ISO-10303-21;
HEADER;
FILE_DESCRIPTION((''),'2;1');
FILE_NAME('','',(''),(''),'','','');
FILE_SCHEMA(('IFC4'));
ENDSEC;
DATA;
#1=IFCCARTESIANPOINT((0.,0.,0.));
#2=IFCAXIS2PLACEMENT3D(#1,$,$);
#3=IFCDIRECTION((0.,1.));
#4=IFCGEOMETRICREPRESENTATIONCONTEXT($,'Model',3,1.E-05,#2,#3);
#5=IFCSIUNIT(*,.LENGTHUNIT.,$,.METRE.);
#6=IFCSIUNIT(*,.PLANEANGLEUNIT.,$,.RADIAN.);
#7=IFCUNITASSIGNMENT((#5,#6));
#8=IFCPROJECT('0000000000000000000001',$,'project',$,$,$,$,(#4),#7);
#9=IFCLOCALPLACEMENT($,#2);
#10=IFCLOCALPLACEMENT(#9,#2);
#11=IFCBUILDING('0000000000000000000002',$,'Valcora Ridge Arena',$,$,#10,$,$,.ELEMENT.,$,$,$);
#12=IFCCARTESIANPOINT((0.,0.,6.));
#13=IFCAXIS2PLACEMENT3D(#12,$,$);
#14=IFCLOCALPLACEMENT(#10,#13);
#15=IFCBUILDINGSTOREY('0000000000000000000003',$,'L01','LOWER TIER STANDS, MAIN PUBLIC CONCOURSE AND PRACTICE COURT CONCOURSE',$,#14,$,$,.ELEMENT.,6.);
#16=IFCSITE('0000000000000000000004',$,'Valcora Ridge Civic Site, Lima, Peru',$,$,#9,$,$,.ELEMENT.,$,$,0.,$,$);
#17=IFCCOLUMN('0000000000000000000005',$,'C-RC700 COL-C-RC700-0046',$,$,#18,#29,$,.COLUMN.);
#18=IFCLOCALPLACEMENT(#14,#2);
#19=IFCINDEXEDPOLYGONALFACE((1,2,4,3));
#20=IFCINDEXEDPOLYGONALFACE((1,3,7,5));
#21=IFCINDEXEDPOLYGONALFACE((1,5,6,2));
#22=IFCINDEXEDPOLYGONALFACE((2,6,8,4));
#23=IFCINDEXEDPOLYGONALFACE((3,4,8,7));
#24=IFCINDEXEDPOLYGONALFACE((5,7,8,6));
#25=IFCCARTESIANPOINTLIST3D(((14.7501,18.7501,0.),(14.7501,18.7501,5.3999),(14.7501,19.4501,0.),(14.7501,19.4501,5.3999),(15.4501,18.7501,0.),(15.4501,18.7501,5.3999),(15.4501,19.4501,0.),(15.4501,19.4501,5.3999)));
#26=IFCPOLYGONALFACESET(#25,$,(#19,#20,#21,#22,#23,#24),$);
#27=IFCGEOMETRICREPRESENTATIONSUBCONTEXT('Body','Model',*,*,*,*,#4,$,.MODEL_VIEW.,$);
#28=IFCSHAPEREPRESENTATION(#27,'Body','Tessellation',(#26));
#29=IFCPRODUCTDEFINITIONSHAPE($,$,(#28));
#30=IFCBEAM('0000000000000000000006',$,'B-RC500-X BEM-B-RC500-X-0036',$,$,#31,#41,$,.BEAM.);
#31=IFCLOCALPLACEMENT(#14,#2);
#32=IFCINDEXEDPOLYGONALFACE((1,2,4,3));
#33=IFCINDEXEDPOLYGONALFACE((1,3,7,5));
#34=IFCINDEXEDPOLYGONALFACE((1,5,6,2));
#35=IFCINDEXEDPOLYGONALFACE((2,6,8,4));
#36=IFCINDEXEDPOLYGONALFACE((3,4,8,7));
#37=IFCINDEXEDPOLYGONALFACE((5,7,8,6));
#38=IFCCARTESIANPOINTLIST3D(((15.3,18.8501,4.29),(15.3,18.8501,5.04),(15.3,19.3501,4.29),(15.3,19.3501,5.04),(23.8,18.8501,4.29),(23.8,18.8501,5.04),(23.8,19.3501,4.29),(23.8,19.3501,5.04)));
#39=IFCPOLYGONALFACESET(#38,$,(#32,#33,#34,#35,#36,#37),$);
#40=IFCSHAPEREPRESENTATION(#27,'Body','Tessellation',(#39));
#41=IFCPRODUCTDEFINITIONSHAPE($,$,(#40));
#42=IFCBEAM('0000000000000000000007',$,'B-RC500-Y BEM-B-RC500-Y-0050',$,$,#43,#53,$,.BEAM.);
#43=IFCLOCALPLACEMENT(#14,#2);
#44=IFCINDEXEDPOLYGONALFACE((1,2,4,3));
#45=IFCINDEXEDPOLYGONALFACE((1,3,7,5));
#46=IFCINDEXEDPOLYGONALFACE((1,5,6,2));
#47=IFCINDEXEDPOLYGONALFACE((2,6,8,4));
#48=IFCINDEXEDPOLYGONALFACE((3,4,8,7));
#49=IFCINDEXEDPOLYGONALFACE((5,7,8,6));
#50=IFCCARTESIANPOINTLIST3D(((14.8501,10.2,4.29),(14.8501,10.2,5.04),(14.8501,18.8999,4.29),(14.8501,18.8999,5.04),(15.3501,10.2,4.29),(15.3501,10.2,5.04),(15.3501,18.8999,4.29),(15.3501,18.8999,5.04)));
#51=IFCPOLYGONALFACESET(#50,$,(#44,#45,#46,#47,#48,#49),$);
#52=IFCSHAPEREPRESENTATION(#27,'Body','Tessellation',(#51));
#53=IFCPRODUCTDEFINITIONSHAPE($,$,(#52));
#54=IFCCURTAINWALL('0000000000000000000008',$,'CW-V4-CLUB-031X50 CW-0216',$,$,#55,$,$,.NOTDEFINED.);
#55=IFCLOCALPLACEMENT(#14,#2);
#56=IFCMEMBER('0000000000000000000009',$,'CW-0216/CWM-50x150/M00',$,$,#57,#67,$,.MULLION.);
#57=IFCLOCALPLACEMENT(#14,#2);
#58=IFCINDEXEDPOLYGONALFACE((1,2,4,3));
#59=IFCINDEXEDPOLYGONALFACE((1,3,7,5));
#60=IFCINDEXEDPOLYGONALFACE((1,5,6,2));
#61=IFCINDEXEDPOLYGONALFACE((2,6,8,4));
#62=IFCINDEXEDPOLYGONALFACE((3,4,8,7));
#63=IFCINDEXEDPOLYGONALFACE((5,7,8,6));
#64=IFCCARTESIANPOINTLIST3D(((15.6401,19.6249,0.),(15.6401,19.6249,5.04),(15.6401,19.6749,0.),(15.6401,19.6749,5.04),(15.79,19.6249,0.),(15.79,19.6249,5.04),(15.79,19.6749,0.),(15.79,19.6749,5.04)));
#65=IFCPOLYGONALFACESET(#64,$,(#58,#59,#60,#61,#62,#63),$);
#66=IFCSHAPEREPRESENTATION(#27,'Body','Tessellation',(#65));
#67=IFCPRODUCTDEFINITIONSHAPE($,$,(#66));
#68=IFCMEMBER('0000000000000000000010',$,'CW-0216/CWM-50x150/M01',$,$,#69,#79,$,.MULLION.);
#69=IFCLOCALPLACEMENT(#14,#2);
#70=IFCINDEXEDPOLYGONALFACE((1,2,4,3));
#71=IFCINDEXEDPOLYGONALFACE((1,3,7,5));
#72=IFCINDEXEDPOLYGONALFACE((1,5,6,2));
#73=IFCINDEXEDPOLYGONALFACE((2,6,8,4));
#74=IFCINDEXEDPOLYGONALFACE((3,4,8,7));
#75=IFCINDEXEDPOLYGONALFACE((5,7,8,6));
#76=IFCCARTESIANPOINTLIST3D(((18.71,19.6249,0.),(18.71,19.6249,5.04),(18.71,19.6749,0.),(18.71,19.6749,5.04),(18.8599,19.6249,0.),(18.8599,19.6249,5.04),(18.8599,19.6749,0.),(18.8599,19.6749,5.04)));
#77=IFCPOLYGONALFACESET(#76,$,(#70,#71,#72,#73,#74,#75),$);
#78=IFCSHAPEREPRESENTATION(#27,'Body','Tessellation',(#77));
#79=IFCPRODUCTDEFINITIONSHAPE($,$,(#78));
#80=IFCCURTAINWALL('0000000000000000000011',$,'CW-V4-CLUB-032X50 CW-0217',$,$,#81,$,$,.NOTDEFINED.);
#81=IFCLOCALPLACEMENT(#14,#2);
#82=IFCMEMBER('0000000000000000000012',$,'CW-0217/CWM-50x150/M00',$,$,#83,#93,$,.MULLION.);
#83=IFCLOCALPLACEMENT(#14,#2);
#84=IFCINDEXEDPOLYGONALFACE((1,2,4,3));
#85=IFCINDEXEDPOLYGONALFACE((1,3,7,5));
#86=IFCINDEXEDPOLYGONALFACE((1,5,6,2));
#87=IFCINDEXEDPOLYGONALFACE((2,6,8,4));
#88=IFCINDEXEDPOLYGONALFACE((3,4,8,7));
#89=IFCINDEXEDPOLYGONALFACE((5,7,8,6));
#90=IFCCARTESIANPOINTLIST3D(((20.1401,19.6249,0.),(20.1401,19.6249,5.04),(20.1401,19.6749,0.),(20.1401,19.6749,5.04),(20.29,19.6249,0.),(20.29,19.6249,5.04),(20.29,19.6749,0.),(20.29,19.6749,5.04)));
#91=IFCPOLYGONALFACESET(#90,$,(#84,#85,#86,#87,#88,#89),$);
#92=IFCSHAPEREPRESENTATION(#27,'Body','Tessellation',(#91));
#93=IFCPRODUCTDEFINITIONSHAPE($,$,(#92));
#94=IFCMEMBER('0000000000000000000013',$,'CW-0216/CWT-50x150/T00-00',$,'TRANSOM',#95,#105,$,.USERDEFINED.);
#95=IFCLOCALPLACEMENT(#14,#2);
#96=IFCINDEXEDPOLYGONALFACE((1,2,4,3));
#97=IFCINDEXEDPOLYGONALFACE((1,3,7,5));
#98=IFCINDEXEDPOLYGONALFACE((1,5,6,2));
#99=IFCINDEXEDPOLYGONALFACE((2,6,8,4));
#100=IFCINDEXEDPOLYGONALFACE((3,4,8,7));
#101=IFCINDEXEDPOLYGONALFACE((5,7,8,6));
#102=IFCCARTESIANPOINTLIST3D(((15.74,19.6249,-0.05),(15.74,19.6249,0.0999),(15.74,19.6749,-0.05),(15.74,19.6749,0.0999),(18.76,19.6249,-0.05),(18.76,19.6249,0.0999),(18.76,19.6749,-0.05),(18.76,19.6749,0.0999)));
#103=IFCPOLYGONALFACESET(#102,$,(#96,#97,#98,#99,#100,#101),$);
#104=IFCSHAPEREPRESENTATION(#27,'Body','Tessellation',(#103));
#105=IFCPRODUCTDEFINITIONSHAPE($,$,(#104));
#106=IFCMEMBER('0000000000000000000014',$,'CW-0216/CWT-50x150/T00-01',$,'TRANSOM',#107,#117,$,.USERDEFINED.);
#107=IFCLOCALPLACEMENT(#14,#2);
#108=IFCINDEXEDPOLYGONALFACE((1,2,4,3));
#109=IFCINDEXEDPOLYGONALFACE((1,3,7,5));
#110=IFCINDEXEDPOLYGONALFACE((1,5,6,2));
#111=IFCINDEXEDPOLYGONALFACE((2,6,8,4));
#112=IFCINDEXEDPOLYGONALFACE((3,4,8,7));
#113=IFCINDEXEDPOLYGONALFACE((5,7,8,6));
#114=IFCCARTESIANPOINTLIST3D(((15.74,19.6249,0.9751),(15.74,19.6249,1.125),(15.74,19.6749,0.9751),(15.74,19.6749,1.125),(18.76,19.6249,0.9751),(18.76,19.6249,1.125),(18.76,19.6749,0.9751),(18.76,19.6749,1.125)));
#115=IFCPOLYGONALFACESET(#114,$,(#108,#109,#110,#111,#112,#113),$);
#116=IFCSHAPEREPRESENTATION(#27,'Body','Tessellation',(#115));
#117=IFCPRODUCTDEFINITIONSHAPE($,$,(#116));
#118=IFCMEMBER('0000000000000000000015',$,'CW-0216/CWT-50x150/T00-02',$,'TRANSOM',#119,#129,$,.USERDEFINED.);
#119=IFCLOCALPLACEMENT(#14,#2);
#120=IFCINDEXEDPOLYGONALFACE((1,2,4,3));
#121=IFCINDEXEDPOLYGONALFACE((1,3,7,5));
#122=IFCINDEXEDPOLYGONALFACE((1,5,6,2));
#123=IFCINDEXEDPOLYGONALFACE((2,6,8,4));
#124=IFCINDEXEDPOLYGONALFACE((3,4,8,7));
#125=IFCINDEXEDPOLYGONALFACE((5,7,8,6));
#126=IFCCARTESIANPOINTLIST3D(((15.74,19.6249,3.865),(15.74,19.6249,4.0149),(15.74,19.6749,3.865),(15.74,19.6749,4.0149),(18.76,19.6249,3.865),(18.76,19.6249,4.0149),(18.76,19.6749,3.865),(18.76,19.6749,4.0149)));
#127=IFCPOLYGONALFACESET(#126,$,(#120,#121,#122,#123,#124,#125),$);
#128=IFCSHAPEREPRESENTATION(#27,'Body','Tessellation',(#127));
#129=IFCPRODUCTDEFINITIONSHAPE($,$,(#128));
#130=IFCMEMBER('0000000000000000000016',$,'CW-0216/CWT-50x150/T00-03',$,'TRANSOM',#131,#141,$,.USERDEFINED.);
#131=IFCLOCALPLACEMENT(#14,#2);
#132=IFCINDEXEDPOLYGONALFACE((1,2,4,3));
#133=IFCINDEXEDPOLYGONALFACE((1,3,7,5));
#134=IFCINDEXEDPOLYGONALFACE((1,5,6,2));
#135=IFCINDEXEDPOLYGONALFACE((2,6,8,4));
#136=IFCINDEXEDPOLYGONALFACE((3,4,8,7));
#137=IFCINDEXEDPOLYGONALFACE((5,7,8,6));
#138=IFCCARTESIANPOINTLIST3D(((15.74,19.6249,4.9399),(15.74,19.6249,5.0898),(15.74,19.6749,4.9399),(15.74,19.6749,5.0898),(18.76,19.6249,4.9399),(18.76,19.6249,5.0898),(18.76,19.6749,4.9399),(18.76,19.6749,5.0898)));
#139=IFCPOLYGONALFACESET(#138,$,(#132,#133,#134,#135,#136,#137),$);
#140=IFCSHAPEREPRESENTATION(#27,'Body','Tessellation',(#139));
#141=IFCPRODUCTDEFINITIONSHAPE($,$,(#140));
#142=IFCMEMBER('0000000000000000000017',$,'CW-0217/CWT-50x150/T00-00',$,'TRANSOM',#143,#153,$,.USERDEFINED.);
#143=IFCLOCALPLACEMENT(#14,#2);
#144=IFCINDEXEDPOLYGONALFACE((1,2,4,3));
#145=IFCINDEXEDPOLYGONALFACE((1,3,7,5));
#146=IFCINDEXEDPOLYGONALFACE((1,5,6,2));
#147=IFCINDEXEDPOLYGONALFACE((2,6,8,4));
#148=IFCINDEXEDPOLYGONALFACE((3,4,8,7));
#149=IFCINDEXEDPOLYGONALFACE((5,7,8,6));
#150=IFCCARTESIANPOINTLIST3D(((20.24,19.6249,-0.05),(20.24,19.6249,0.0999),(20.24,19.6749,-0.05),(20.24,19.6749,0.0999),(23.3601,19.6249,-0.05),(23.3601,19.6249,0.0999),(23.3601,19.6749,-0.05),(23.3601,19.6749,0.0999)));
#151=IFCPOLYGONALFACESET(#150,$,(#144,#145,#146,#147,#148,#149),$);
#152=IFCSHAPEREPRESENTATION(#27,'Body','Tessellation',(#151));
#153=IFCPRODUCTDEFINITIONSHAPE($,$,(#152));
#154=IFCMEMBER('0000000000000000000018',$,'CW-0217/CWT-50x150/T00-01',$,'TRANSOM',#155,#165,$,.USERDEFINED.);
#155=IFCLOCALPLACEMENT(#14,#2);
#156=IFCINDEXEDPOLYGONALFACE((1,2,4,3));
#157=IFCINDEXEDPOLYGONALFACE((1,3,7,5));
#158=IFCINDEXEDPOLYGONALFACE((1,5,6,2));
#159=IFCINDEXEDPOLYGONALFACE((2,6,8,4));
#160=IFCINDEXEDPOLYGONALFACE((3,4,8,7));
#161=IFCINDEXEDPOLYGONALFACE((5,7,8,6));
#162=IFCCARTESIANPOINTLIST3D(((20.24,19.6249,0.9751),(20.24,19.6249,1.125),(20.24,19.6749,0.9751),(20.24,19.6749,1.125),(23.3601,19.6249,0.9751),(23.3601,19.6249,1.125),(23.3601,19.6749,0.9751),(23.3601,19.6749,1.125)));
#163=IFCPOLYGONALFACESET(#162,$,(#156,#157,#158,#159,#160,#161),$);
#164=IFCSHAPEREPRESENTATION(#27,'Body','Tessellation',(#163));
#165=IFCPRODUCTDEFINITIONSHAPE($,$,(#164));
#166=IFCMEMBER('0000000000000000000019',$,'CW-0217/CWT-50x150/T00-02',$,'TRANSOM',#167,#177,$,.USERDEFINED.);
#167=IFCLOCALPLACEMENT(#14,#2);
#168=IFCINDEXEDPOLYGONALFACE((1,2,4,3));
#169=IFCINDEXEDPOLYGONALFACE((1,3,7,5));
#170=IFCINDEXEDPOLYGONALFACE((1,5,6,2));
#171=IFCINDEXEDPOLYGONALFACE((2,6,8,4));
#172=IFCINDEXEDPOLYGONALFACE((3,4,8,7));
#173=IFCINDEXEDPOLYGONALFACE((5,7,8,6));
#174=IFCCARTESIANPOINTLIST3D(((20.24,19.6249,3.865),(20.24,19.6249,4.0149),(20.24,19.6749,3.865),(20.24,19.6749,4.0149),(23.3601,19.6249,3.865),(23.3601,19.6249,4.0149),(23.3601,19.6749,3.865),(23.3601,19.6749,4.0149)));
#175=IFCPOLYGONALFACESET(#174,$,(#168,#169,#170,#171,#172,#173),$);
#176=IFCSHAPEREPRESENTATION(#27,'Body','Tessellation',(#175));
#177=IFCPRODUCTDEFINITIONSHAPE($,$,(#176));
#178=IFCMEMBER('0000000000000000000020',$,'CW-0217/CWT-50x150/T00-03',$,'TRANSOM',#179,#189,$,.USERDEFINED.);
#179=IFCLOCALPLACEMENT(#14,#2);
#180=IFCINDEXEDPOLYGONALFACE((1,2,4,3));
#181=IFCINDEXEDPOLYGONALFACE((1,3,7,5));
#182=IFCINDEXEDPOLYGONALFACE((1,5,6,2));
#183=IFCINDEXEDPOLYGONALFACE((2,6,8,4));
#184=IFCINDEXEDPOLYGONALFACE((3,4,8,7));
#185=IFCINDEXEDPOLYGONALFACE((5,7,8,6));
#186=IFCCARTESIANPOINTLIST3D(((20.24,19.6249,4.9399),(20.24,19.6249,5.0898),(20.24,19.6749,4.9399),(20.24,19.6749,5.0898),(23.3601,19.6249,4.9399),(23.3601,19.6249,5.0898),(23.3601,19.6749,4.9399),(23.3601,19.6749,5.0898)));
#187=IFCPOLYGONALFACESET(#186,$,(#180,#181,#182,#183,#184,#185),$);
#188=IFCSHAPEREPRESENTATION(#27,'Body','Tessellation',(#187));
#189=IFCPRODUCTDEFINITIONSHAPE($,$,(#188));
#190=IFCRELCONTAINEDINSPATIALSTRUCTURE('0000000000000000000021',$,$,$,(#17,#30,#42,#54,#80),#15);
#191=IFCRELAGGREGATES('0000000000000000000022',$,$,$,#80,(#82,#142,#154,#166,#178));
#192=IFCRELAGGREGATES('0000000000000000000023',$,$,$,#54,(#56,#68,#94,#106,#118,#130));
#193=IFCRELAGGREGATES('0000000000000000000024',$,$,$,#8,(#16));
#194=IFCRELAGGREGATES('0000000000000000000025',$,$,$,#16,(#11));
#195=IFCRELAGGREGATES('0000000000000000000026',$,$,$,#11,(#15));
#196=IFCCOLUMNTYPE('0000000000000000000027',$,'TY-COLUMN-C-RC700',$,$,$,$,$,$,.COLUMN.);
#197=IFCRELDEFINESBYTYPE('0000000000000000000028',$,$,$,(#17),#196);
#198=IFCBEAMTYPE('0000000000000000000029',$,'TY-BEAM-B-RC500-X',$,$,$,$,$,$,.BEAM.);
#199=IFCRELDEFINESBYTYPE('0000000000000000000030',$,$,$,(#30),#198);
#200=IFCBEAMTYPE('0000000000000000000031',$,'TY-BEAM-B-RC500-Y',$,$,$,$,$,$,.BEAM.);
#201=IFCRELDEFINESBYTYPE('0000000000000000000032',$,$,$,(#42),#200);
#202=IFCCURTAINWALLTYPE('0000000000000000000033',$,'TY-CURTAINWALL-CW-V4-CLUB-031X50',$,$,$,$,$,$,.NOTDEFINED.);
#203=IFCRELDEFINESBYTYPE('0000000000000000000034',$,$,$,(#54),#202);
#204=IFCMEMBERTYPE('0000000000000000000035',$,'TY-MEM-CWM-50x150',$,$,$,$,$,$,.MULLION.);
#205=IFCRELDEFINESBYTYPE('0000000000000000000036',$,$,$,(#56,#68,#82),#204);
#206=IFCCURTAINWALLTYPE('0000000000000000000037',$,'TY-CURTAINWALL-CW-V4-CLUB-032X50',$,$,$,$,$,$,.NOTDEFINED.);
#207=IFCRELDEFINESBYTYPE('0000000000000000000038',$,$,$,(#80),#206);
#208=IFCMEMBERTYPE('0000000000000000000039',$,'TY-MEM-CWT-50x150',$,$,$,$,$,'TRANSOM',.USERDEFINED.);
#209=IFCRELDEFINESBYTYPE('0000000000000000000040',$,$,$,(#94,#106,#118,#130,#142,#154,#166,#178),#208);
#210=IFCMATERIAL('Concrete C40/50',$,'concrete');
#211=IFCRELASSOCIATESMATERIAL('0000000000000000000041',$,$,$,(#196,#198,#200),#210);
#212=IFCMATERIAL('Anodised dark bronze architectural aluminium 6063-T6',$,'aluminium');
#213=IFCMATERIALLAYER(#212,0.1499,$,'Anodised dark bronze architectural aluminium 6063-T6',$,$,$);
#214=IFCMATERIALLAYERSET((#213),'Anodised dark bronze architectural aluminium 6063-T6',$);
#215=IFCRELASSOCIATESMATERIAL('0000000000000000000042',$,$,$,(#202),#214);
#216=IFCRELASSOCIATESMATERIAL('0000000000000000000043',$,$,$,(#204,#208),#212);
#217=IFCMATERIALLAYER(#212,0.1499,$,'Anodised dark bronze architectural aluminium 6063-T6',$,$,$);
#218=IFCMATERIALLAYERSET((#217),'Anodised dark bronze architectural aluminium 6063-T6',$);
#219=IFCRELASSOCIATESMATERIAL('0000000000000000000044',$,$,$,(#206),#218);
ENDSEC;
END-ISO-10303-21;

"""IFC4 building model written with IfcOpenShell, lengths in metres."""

from ifc_helpers import new_model, si_unit, direction, frame, origin, origin_2d, place, context, subcontext, project, spatial, rectangle, extrude, material, layer, layer_set, material_profile, profile_set, type_object, element, aggregate, save


model = new_model("IFC4")

# Units and contexts
model_context = context("Model", 3, precision=1e-05, world=origin(), true_north=direction((0.0, 1.0)))
body_context = subcontext(model_context, "Body", "Model", "MODEL_VIEW")
ifc_project = project(units=[si_unit("LENGTHUNIT", "METRE"), si_unit("PLANEANGLEUNIT", "RADIAN")], contexts=[model_context])

# Site, building, storey
site_placement = place(None, origin())
site = spatial("IfcSite", under=ifc_project, at=site_placement, Name="Valcora Ridge Civic Site, Lima, Peru", CompositionType="ELEMENT", RefElevation=0.0)
building_placement = place(site_placement, origin())
building = spatial("IfcBuilding", under=site, at=building_placement, Name="Valcora Ridge Arena", CompositionType="ELEMENT")
storey_placement = place(building_placement, frame((0.0, 0.0, 6.0)))
storey = spatial("IfcBuildingStorey", under=building, at=storey_placement, Name="L01", Description="LOWER TIER STANDS, MAIN PUBLIC CONCOURSE AND PRACTICE COURT CONCOURSE", CompositionType="ELEMENT", Elevation=6.0)

# Column
ifc_material_1 = material(Name="Concrete C40/50", Category="concrete")
ifc_material_profile_1 = material_profile(ifc_material_1, rectangle(XDim=0.7, YDim=0.7, at=origin_2d()), Name="RC 700x700")
ifc_profile_set_1 = profile_set([ifc_material_profile_1], Name="Concrete C40/50")
column_type = type_object("IfcColumnType", Name="TY-COLUMN-C-RC700", PredefinedType="COLUMN", material=ifc_profile_set_1)
column_placement = place(storey_placement, frame((15.1001, 19.1001, 0.0), z_axis=(0.0, 0.0, 1.0), x_axis=(1.0, 0.0, 0.0)))
element("IfcColumn", 1, at=column_placement, inside=storey, type_object=column_type, Name="C-RC700 COL-C-RC700-0046", PredefinedType="COLUMN", context=body_context, shape_type="SweptSolid", body=[
    extrude(rectangle(XDim=0.7, YDim=0.7, at=origin_2d()), origin(), (0.0, 0.0, 1.0), 5.3999),
])

# Beams
ifc_material_profile_2 = material_profile(ifc_material_1, rectangle(XDim=0.5, YDim=0.75, at=origin_2d()), Name="RC 500x750")
ifc_profile_set_2 = profile_set([ifc_material_profile_2], Name="Concrete C40/50")
beam_type_1 = type_object("IfcBeamType", Name="TY-BEAM-B-RC500-X", PredefinedType="BEAM", material=ifc_profile_set_2)
beam_1_placement = place(storey_placement, frame((15.3, 19.1001, 4.665), z_axis=(1.0, 0.0, 0.0), x_axis=(0.0, 1.0, 0.0)))
element("IfcBeam", 2, at=beam_1_placement, inside=storey, type_object=beam_type_1, Name="B-RC500-X BEM-B-RC500-X-0036", PredefinedType="BEAM", context=body_context, shape_type="SweptSolid", body=[
    extrude(rectangle(XDim=0.5, YDim=0.75, at=origin_2d()), origin(), (0.0, 0.0, 1.0), 8.5),
])
ifc_material_profile_3 = material_profile(ifc_material_1, rectangle(XDim=0.5, YDim=0.75, at=origin_2d()), Name="RC 500x750")
ifc_profile_set_3 = profile_set([ifc_material_profile_3], Name="Concrete C40/50")
beam_type_2 = type_object("IfcBeamType", Name="TY-BEAM-B-RC500-Y", PredefinedType="BEAM", material=ifc_profile_set_3)
beam_2_placement = place(storey_placement, frame((15.1001, 10.2, 4.665), z_axis=(0.0, 1.0, 0.0), x_axis=(-1.0, 0.0, 0.0)))
element("IfcBeam", 3, at=beam_2_placement, inside=storey, type_object=beam_type_2, Name="B-RC500-Y BEM-B-RC500-Y-0050", PredefinedType="BEAM", context=body_context, shape_type="SweptSolid", body=[
    extrude(rectangle(XDim=0.5, YDim=0.75, at=origin_2d()), origin(), (0.0, 0.0, 1.0), 8.7),
])

# Curtain wall, members
ifc_material_2 = material(Name="Anodised dark bronze architectural aluminium 6063-T6", Category="aluminium")
ifc_layer_1 = layer(ifc_material_2, 0.1499, Name="Anodised dark bronze architectural aluminium 6063-T6")
ifc_layer_set_1 = layer_set([ifc_layer_1], Name="Anodised dark bronze architectural aluminium 6063-T6")
curtain_wall_type_1 = type_object("IfcCurtainWallType", Name="TY-CURTAINWALL-CW-V4-CLUB-031X50", PredefinedType="NOTDEFINED", material=ifc_layer_set_1)
curtain_wall_1_placement = place(storey_placement, origin())
curtain_wall_1 = element("IfcCurtainWall", 4, at=curtain_wall_1_placement, inside=storey, type_object=curtain_wall_type_1, Name="CW-V4-CLUB-031X50 CW-0216", PredefinedType="NOTDEFINED")
ifc_material_profile_4 = material_profile(ifc_material_2, rectangle(XDim=0.05, YDim=0.1499, at=origin_2d()), Name="ALU MULLION 50x150")
ifc_profile_set_4 = profile_set([ifc_material_profile_4], Name="Anodised dark bronze architectural aluminium 6063-T6")
member_type_1 = type_object("IfcMemberType", Name="TY-MEM-CWM-50x150", PredefinedType="MULLION", material=ifc_profile_set_4)
member_1_placement = place(storey_placement, frame((15.7151, 19.6499, 0.0), z_axis=(0.0, 0.0, 1.0), x_axis=(0.0, 1.0, 0.0)))
member_1 = element("IfcMember", 5, at=member_1_placement, type_object=member_type_1, Name="CW-0216/CWM-50x150/M00", PredefinedType="MULLION", context=body_context, shape_type="SweptSolid", body=[
    extrude(rectangle(XDim=0.05, YDim=0.1499, at=origin_2d()), origin(), (0.0, 0.0, 1.0), 5.04),
])
member_2_placement = place(storey_placement, frame((18.7849, 19.6499, 0.0), z_axis=(0.0, 0.0, 1.0), x_axis=(0.0, 1.0, 0.0)))
member_2 = element("IfcMember", 6, at=member_2_placement, type_object=member_type_1, Name="CW-0216/CWM-50x150/M01", PredefinedType="MULLION", context=body_context, shape_type="SweptSolid", body=[
    extrude(rectangle(XDim=0.05, YDim=0.1499, at=origin_2d()), origin(), (0.0, 0.0, 1.0), 5.04),
])

# Curtain wall, member
ifc_layer_2 = layer(ifc_material_2, 0.1499, Name="Anodised dark bronze architectural aluminium 6063-T6")
ifc_layer_set_2 = layer_set([ifc_layer_2], Name="Anodised dark bronze architectural aluminium 6063-T6")
curtain_wall_type_2 = type_object("IfcCurtainWallType", Name="TY-CURTAINWALL-CW-V4-CLUB-032X50", PredefinedType="NOTDEFINED", material=ifc_layer_set_2)
curtain_wall_2_placement = place(storey_placement, origin())
curtain_wall_2 = element("IfcCurtainWall", 7, at=curtain_wall_2_placement, inside=storey, type_object=curtain_wall_type_2, Name="CW-V4-CLUB-032X50 CW-0217", PredefinedType="NOTDEFINED")
member_3_placement = place(storey_placement, frame((20.2151, 19.6499, 0.0), z_axis=(0.0, 0.0, 1.0), x_axis=(0.0, 1.0, 0.0)))
member_3 = element("IfcMember", 8, at=member_3_placement, type_object=member_type_1, Name="CW-0217/CWM-50x150/M00", PredefinedType="MULLION", context=body_context, shape_type="SweptSolid", body=[
    extrude(rectangle(XDim=0.05, YDim=0.1499, at=origin_2d()), origin(), (0.0, 0.0, 1.0), 5.04),
])

# Members
ifc_material_profile_5 = material_profile(ifc_material_2, rectangle(XDim=0.05, YDim=0.1499, at=origin_2d()), Name="ALU TRANSOM 50x150")
ifc_profile_set_5 = profile_set([ifc_material_profile_5], Name="Anodised dark bronze architectural aluminium 6063-T6")
member_type_2 = type_object("IfcMemberType", Name="TY-MEM-CWT-50x150", ElementType="TRANSOM", PredefinedType="USERDEFINED", material=ifc_profile_set_5)
member_4_placement = place(storey_placement, frame((15.74, 19.6499, 0.0249), z_axis=(1.0, 0.0, 0.0), x_axis=(0.0, 1.0, 0.0)))
member_4 = element("IfcMember", 9, at=member_4_placement, type_object=member_type_2, Name="CW-0216/CWT-50x150/T00-00", ObjectType="TRANSOM", PredefinedType="USERDEFINED", context=body_context, shape_type="SweptSolid", body=[
    extrude(rectangle(XDim=0.05, YDim=0.1499, at=origin_2d()), origin(), (0.0, 0.0, 1.0), 3.02),
])
member_5_placement = place(storey_placement, frame((15.74, 19.6499, 1.05), z_axis=(1.0, 0.0, 0.0), x_axis=(0.0, 1.0, 0.0)))
member_5 = element("IfcMember", 10, at=member_5_placement, type_object=member_type_2, Name="CW-0216/CWT-50x150/T00-01", ObjectType="TRANSOM", PredefinedType="USERDEFINED", context=body_context, shape_type="SweptSolid", body=[
    extrude(rectangle(XDim=0.05, YDim=0.1499, at=origin_2d()), origin(), (0.0, 0.0, 1.0), 3.02),
])
member_6_placement = place(storey_placement, frame((15.74, 19.6499, 3.9399), z_axis=(1.0, 0.0, 0.0), x_axis=(0.0, 1.0, 0.0)))
member_6 = element("IfcMember", 11, at=member_6_placement, type_object=member_type_2, Name="CW-0216/CWT-50x150/T00-02", ObjectType="TRANSOM", PredefinedType="USERDEFINED", context=body_context, shape_type="SweptSolid", body=[
    extrude(rectangle(XDim=0.05, YDim=0.1499, at=origin_2d()), origin(), (0.0, 0.0, 1.0), 3.02),
])
member_7_placement = place(storey_placement, frame((15.74, 19.6499, 5.0149), z_axis=(1.0, 0.0, 0.0), x_axis=(0.0, 1.0, 0.0)))
member_7 = element("IfcMember", 12, at=member_7_placement, type_object=member_type_2, Name="CW-0216/CWT-50x150/T00-03", ObjectType="TRANSOM", PredefinedType="USERDEFINED", context=body_context, shape_type="SweptSolid", body=[
    extrude(rectangle(XDim=0.05, YDim=0.1499, at=origin_2d()), origin(), (0.0, 0.0, 1.0), 3.02),
])
member_8_placement = place(storey_placement, frame((20.24, 19.6499, 0.0249), z_axis=(1.0, 0.0, 0.0), x_axis=(0.0, 1.0, 0.0)))
member_8 = element("IfcMember", 13, at=member_8_placement, type_object=member_type_2, Name="CW-0217/CWT-50x150/T00-00", ObjectType="TRANSOM", PredefinedType="USERDEFINED", context=body_context, shape_type="SweptSolid", body=[
    extrude(rectangle(XDim=0.05, YDim=0.1499, at=origin_2d()), origin(), (0.0, 0.0, 1.0), 3.1201),
])
member_9_placement = place(storey_placement, frame((20.24, 19.6499, 1.05), z_axis=(1.0, 0.0, 0.0), x_axis=(0.0, 1.0, 0.0)))
member_9 = element("IfcMember", 14, at=member_9_placement, type_object=member_type_2, Name="CW-0217/CWT-50x150/T00-01", ObjectType="TRANSOM", PredefinedType="USERDEFINED", context=body_context, shape_type="SweptSolid", body=[
    extrude(rectangle(XDim=0.05, YDim=0.1499, at=origin_2d()), origin(), (0.0, 0.0, 1.0), 3.1201),
])
member_10_placement = place(storey_placement, frame((20.24, 19.6499, 3.9399), z_axis=(1.0, 0.0, 0.0), x_axis=(0.0, 1.0, 0.0)))
member_10 = element("IfcMember", 15, at=member_10_placement, type_object=member_type_2, Name="CW-0217/CWT-50x150/T00-02", ObjectType="TRANSOM", PredefinedType="USERDEFINED", context=body_context, shape_type="SweptSolid", body=[
    extrude(rectangle(XDim=0.05, YDim=0.1499, at=origin_2d()), origin(), (0.0, 0.0, 1.0), 3.1201),
])
member_11_placement = place(storey_placement, frame((20.24, 19.6499, 5.0149), z_axis=(1.0, 0.0, 0.0), x_axis=(0.0, 1.0, 0.0)))
member_11 = element("IfcMember", 16, at=member_11_placement, type_object=member_type_2, Name="CW-0217/CWT-50x150/T00-03", ObjectType="TRANSOM", PredefinedType="USERDEFINED", context=body_context, shape_type="SweptSolid", body=[
    extrude(rectangle(XDim=0.05, YDim=0.1499, at=origin_2d()), origin(), (0.0, 0.0, 1.0), 3.1201),
])
aggregate(curtain_wall_2, [member_3, member_8, member_9, member_10, member_11])

aggregate(curtain_wall_1, [member_1, member_2, member_4, member_5, member_6, member_7])

save(model, "model.ifc")
